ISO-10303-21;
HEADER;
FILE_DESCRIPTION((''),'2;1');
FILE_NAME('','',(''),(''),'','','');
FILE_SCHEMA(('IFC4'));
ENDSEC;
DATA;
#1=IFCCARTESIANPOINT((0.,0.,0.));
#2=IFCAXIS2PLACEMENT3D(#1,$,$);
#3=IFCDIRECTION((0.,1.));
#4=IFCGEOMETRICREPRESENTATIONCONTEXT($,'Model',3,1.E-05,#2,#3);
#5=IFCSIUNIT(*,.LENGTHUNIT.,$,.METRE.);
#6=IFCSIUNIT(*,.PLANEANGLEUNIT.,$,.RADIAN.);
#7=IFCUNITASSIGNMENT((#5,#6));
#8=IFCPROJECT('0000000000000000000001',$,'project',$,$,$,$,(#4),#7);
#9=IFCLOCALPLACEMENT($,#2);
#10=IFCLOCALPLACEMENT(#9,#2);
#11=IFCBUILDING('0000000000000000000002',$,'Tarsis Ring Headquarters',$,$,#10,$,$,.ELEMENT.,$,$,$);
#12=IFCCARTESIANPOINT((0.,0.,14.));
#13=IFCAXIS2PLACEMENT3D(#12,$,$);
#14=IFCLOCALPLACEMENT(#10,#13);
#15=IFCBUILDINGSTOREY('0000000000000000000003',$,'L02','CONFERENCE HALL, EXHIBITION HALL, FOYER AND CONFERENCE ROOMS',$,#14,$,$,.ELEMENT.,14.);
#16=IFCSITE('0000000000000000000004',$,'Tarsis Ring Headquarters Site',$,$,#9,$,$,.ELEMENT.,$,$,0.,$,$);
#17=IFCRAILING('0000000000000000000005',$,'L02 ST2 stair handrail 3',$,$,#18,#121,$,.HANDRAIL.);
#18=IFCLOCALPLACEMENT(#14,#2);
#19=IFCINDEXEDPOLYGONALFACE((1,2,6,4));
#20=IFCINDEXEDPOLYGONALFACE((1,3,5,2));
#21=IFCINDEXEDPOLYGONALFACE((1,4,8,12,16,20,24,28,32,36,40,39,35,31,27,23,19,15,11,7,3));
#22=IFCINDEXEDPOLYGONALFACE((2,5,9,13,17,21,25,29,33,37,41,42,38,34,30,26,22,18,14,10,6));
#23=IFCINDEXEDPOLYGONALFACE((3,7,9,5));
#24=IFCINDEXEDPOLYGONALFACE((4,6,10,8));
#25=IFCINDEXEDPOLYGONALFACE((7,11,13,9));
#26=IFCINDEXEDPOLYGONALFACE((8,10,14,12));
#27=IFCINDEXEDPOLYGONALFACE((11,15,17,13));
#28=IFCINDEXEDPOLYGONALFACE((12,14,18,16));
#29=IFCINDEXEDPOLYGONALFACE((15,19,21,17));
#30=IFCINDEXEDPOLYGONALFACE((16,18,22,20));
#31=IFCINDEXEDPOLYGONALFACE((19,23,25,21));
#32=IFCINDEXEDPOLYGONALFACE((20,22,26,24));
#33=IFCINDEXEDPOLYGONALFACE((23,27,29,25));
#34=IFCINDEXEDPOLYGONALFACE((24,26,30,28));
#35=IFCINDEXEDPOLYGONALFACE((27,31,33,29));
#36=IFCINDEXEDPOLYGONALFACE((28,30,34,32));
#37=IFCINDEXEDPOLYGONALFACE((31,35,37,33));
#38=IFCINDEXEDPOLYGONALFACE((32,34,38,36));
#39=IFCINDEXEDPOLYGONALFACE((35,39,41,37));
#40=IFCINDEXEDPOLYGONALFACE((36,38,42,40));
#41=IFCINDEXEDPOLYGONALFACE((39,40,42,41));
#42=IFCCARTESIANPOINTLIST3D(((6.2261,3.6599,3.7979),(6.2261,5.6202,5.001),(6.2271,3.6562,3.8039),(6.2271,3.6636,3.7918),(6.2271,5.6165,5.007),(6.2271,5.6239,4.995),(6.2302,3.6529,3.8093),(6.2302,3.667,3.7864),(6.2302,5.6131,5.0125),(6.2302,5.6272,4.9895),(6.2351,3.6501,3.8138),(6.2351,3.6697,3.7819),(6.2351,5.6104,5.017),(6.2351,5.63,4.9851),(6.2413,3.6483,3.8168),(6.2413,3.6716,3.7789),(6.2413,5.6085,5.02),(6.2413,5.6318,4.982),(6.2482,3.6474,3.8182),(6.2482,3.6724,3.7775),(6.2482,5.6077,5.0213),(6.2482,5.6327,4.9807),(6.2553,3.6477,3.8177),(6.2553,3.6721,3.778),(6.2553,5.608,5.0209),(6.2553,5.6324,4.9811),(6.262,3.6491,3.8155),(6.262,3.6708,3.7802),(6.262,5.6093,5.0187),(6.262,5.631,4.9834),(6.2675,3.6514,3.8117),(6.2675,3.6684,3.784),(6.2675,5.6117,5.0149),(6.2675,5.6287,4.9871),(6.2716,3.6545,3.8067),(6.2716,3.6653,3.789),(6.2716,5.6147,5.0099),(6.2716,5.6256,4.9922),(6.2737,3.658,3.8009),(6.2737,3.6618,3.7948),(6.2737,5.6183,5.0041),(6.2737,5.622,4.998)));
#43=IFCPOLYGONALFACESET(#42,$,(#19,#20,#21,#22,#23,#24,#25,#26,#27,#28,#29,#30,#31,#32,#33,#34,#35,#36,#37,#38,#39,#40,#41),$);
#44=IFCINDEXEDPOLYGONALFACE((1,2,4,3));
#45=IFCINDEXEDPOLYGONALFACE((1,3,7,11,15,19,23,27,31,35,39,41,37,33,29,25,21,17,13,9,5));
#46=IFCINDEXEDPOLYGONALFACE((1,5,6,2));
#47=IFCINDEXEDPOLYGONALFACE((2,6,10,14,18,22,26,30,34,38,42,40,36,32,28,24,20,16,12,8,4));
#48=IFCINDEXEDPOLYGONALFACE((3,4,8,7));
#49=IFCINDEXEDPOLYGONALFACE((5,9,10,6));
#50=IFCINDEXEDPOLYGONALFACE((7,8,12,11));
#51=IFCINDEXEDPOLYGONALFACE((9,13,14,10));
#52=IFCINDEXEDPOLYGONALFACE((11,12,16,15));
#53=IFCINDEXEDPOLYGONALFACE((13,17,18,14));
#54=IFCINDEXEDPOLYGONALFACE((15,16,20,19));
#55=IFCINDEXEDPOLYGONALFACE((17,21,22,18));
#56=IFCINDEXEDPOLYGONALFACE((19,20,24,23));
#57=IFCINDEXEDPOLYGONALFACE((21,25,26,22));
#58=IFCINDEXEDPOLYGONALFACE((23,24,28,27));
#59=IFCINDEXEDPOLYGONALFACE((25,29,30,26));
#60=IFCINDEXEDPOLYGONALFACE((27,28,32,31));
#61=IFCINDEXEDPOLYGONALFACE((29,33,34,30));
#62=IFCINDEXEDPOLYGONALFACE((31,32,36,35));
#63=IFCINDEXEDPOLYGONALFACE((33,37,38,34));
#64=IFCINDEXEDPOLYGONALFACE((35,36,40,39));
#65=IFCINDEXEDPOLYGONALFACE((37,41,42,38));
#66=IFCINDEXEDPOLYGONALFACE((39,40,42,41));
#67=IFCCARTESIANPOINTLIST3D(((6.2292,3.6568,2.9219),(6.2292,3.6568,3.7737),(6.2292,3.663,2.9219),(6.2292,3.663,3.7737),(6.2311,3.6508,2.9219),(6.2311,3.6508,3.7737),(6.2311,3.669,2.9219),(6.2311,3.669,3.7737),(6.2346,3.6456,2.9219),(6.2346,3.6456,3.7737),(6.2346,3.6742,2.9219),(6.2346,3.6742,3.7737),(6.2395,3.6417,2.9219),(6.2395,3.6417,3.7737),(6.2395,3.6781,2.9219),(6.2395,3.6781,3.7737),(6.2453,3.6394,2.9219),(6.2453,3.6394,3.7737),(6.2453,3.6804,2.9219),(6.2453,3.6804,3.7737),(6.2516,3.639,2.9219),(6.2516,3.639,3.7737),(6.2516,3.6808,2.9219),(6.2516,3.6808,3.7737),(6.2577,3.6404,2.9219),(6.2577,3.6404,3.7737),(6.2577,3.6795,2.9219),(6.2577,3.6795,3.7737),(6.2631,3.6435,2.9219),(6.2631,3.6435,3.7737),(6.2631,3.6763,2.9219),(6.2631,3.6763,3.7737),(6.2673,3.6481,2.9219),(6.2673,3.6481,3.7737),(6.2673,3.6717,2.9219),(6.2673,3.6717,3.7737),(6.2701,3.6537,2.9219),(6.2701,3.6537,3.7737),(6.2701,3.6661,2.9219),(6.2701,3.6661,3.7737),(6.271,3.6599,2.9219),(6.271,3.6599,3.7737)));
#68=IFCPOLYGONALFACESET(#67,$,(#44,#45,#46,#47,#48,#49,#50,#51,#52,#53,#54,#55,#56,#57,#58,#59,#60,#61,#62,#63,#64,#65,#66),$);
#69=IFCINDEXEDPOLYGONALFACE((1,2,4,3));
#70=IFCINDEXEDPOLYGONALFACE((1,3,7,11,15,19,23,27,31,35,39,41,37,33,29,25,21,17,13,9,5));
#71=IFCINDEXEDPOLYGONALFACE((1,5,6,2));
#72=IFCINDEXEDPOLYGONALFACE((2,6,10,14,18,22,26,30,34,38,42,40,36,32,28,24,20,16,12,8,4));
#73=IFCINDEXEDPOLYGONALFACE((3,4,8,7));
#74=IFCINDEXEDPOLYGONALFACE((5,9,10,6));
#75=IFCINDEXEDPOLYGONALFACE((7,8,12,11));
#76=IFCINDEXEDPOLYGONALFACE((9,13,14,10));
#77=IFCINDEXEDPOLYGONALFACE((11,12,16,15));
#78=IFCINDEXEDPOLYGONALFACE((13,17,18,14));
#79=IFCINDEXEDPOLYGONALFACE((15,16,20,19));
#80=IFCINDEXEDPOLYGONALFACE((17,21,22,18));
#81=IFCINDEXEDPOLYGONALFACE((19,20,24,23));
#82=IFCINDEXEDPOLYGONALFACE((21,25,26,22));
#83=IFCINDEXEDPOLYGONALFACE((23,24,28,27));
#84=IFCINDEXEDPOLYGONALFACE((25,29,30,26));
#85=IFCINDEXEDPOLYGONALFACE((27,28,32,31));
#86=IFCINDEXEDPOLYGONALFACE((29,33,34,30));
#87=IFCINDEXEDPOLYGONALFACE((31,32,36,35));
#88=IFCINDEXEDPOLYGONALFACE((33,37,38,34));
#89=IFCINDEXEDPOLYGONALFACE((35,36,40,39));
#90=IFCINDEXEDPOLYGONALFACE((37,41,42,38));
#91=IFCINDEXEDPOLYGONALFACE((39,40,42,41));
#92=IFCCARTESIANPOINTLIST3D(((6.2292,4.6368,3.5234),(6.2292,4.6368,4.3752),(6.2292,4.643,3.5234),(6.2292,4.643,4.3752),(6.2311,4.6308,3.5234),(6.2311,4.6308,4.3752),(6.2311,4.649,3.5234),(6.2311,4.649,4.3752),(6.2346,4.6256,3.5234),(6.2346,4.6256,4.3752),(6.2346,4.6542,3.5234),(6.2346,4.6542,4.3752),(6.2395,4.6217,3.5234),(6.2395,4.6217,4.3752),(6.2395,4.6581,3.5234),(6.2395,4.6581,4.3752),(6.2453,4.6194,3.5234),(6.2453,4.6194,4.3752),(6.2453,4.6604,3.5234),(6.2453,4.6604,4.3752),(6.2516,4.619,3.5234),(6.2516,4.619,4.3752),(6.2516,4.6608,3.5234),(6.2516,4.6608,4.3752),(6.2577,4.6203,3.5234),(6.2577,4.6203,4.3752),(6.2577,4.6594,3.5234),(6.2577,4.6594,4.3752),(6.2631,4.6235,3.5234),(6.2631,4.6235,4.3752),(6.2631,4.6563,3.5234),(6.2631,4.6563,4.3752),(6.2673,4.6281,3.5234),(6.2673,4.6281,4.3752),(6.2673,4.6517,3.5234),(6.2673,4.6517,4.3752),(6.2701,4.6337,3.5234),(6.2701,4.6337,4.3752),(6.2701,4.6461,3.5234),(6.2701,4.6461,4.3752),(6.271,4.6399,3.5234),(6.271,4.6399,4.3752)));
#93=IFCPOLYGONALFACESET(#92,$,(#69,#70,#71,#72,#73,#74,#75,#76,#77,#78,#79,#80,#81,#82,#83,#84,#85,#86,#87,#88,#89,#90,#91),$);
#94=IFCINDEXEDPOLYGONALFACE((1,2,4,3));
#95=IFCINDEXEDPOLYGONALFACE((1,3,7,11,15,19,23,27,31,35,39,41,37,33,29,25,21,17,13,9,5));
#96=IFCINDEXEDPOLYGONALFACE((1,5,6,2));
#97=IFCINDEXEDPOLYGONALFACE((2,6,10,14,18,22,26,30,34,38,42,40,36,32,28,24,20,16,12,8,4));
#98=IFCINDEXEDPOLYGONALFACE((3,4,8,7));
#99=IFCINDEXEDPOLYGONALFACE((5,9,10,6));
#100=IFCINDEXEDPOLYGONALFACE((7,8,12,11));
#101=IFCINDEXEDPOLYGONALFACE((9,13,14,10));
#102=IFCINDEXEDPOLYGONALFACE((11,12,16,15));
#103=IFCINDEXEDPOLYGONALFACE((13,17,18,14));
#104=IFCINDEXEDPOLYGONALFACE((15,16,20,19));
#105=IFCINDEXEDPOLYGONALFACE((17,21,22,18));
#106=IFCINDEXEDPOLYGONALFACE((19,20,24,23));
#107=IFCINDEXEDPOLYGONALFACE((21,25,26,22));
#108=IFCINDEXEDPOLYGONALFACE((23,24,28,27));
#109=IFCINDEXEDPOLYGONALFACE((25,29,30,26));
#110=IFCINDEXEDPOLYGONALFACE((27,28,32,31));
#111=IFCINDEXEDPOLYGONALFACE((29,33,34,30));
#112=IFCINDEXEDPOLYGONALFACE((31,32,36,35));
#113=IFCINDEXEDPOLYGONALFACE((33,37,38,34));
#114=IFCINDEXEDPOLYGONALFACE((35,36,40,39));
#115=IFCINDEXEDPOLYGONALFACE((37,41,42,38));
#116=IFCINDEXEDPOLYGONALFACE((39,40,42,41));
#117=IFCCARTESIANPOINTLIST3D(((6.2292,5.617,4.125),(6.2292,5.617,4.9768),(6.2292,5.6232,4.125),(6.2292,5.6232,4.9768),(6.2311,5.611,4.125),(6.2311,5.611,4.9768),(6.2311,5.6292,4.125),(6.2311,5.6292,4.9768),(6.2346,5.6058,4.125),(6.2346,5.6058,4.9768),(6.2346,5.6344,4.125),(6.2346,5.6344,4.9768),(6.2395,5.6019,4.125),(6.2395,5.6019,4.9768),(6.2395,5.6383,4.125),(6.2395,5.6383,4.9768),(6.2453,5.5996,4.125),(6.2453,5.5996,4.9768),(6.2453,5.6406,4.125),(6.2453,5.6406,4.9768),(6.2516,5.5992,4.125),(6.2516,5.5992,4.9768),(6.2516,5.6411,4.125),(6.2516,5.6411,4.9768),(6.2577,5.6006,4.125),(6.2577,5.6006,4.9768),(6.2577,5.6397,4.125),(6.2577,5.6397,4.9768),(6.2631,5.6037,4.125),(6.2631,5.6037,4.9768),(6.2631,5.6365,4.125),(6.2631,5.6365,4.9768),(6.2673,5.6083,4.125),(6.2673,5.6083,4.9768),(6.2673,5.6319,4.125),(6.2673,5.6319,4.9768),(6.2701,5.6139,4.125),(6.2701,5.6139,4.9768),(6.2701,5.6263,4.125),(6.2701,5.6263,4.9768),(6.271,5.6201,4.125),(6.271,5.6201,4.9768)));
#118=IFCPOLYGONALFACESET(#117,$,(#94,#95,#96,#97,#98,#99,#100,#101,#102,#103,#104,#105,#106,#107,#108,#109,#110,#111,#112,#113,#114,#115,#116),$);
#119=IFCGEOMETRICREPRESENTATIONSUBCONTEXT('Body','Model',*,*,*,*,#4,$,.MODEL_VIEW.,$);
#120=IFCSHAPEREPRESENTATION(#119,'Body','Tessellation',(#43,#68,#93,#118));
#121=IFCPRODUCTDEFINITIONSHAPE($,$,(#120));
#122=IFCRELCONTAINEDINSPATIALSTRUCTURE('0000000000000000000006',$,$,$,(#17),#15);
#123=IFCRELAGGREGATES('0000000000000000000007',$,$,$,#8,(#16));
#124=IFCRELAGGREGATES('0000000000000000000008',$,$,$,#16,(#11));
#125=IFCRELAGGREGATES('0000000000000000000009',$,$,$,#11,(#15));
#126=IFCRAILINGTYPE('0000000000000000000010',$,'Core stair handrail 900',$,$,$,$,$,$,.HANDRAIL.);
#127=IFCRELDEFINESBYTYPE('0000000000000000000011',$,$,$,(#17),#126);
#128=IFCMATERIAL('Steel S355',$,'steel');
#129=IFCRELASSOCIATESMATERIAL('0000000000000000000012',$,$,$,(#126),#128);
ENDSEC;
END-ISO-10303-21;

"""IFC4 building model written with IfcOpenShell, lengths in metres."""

from ifc_helpers import new_model, si_unit, direction, frame, origin, origin_2d, place, context, subcontext, project, spatial, circle, extrude, material, type_object, element, save


model = new_model("IFC4")

# Units and contexts
model_context = context("Model", 3, precision=1e-05, world=origin(), true_north=direction((0.0, 1.0)))
body_context = subcontext(model_context, "Body", "Model", "MODEL_VIEW")
ifc_project = project(units=[si_unit("LENGTHUNIT", "METRE"), si_unit("PLANEANGLEUNIT", "RADIAN")], contexts=[model_context])

# Site, building, storey
site_placement = place(None, origin())
site = spatial("IfcSite", under=ifc_project, at=site_placement, Name="Tarsis Ring Headquarters Site", CompositionType="ELEMENT", RefElevation=0.0)
building_placement = place(site_placement, origin())
building = spatial("IfcBuilding", under=site, at=building_placement, Name="Tarsis Ring Headquarters", CompositionType="ELEMENT")
storey_placement = place(building_placement, frame((0.0, 0.0, 14.0)))
storey = spatial("IfcBuildingStorey", under=building, at=storey_placement, Name="L02", Description="CONFERENCE HALL, EXHIBITION HALL, FOYER AND CONFERENCE ROOMS", CompositionType="ELEMENT", Elevation=14.0)

# Railing
ifc_material_1 = material(Name="Steel S355", Category="steel")
railing_type_1 = type_object("IfcRailingType", Name="Core stair handrail 900", PredefinedType="HANDRAIL", material=ifc_material_1)
railing_1_placement = place(storey_placement, frame((6.25, 3.6599, 2.9219)))
element("IfcRailing", 1, at=railing_1_placement, inside=storey, type_object=railing_type_1, Name="L02 ST2 stair handrail 3", PredefinedType="HANDRAIL", context=body_context, shape_type="SweptSolid", body=[
    extrude(circle(Radius=0.0239, at=origin_2d()), frame((0.0, 0.0, 0.876), z_axis=(0.0, 0.85227, 0.523102), x_axis=(-1.0, 0.0, 0.0)), (0.0, 0.0, 1.0), 2.3),
    extrude(circle(Radius=0.021, at=origin_2d()), origin(), (0.0, 0.0, 1.0), 0.8518),
    extrude(circle(Radius=0.021, at=origin_2d()), frame((0.0, 0.98, 0.6016)), (0.0, 0.0, 1.0), 0.8518),
    extrude(circle(Radius=0.021, at=origin_2d()), frame((0.0, 1.9602, 1.2031)), (0.0, 0.0, 1.0), 0.8518),
])

save(model, "model.ifc")
